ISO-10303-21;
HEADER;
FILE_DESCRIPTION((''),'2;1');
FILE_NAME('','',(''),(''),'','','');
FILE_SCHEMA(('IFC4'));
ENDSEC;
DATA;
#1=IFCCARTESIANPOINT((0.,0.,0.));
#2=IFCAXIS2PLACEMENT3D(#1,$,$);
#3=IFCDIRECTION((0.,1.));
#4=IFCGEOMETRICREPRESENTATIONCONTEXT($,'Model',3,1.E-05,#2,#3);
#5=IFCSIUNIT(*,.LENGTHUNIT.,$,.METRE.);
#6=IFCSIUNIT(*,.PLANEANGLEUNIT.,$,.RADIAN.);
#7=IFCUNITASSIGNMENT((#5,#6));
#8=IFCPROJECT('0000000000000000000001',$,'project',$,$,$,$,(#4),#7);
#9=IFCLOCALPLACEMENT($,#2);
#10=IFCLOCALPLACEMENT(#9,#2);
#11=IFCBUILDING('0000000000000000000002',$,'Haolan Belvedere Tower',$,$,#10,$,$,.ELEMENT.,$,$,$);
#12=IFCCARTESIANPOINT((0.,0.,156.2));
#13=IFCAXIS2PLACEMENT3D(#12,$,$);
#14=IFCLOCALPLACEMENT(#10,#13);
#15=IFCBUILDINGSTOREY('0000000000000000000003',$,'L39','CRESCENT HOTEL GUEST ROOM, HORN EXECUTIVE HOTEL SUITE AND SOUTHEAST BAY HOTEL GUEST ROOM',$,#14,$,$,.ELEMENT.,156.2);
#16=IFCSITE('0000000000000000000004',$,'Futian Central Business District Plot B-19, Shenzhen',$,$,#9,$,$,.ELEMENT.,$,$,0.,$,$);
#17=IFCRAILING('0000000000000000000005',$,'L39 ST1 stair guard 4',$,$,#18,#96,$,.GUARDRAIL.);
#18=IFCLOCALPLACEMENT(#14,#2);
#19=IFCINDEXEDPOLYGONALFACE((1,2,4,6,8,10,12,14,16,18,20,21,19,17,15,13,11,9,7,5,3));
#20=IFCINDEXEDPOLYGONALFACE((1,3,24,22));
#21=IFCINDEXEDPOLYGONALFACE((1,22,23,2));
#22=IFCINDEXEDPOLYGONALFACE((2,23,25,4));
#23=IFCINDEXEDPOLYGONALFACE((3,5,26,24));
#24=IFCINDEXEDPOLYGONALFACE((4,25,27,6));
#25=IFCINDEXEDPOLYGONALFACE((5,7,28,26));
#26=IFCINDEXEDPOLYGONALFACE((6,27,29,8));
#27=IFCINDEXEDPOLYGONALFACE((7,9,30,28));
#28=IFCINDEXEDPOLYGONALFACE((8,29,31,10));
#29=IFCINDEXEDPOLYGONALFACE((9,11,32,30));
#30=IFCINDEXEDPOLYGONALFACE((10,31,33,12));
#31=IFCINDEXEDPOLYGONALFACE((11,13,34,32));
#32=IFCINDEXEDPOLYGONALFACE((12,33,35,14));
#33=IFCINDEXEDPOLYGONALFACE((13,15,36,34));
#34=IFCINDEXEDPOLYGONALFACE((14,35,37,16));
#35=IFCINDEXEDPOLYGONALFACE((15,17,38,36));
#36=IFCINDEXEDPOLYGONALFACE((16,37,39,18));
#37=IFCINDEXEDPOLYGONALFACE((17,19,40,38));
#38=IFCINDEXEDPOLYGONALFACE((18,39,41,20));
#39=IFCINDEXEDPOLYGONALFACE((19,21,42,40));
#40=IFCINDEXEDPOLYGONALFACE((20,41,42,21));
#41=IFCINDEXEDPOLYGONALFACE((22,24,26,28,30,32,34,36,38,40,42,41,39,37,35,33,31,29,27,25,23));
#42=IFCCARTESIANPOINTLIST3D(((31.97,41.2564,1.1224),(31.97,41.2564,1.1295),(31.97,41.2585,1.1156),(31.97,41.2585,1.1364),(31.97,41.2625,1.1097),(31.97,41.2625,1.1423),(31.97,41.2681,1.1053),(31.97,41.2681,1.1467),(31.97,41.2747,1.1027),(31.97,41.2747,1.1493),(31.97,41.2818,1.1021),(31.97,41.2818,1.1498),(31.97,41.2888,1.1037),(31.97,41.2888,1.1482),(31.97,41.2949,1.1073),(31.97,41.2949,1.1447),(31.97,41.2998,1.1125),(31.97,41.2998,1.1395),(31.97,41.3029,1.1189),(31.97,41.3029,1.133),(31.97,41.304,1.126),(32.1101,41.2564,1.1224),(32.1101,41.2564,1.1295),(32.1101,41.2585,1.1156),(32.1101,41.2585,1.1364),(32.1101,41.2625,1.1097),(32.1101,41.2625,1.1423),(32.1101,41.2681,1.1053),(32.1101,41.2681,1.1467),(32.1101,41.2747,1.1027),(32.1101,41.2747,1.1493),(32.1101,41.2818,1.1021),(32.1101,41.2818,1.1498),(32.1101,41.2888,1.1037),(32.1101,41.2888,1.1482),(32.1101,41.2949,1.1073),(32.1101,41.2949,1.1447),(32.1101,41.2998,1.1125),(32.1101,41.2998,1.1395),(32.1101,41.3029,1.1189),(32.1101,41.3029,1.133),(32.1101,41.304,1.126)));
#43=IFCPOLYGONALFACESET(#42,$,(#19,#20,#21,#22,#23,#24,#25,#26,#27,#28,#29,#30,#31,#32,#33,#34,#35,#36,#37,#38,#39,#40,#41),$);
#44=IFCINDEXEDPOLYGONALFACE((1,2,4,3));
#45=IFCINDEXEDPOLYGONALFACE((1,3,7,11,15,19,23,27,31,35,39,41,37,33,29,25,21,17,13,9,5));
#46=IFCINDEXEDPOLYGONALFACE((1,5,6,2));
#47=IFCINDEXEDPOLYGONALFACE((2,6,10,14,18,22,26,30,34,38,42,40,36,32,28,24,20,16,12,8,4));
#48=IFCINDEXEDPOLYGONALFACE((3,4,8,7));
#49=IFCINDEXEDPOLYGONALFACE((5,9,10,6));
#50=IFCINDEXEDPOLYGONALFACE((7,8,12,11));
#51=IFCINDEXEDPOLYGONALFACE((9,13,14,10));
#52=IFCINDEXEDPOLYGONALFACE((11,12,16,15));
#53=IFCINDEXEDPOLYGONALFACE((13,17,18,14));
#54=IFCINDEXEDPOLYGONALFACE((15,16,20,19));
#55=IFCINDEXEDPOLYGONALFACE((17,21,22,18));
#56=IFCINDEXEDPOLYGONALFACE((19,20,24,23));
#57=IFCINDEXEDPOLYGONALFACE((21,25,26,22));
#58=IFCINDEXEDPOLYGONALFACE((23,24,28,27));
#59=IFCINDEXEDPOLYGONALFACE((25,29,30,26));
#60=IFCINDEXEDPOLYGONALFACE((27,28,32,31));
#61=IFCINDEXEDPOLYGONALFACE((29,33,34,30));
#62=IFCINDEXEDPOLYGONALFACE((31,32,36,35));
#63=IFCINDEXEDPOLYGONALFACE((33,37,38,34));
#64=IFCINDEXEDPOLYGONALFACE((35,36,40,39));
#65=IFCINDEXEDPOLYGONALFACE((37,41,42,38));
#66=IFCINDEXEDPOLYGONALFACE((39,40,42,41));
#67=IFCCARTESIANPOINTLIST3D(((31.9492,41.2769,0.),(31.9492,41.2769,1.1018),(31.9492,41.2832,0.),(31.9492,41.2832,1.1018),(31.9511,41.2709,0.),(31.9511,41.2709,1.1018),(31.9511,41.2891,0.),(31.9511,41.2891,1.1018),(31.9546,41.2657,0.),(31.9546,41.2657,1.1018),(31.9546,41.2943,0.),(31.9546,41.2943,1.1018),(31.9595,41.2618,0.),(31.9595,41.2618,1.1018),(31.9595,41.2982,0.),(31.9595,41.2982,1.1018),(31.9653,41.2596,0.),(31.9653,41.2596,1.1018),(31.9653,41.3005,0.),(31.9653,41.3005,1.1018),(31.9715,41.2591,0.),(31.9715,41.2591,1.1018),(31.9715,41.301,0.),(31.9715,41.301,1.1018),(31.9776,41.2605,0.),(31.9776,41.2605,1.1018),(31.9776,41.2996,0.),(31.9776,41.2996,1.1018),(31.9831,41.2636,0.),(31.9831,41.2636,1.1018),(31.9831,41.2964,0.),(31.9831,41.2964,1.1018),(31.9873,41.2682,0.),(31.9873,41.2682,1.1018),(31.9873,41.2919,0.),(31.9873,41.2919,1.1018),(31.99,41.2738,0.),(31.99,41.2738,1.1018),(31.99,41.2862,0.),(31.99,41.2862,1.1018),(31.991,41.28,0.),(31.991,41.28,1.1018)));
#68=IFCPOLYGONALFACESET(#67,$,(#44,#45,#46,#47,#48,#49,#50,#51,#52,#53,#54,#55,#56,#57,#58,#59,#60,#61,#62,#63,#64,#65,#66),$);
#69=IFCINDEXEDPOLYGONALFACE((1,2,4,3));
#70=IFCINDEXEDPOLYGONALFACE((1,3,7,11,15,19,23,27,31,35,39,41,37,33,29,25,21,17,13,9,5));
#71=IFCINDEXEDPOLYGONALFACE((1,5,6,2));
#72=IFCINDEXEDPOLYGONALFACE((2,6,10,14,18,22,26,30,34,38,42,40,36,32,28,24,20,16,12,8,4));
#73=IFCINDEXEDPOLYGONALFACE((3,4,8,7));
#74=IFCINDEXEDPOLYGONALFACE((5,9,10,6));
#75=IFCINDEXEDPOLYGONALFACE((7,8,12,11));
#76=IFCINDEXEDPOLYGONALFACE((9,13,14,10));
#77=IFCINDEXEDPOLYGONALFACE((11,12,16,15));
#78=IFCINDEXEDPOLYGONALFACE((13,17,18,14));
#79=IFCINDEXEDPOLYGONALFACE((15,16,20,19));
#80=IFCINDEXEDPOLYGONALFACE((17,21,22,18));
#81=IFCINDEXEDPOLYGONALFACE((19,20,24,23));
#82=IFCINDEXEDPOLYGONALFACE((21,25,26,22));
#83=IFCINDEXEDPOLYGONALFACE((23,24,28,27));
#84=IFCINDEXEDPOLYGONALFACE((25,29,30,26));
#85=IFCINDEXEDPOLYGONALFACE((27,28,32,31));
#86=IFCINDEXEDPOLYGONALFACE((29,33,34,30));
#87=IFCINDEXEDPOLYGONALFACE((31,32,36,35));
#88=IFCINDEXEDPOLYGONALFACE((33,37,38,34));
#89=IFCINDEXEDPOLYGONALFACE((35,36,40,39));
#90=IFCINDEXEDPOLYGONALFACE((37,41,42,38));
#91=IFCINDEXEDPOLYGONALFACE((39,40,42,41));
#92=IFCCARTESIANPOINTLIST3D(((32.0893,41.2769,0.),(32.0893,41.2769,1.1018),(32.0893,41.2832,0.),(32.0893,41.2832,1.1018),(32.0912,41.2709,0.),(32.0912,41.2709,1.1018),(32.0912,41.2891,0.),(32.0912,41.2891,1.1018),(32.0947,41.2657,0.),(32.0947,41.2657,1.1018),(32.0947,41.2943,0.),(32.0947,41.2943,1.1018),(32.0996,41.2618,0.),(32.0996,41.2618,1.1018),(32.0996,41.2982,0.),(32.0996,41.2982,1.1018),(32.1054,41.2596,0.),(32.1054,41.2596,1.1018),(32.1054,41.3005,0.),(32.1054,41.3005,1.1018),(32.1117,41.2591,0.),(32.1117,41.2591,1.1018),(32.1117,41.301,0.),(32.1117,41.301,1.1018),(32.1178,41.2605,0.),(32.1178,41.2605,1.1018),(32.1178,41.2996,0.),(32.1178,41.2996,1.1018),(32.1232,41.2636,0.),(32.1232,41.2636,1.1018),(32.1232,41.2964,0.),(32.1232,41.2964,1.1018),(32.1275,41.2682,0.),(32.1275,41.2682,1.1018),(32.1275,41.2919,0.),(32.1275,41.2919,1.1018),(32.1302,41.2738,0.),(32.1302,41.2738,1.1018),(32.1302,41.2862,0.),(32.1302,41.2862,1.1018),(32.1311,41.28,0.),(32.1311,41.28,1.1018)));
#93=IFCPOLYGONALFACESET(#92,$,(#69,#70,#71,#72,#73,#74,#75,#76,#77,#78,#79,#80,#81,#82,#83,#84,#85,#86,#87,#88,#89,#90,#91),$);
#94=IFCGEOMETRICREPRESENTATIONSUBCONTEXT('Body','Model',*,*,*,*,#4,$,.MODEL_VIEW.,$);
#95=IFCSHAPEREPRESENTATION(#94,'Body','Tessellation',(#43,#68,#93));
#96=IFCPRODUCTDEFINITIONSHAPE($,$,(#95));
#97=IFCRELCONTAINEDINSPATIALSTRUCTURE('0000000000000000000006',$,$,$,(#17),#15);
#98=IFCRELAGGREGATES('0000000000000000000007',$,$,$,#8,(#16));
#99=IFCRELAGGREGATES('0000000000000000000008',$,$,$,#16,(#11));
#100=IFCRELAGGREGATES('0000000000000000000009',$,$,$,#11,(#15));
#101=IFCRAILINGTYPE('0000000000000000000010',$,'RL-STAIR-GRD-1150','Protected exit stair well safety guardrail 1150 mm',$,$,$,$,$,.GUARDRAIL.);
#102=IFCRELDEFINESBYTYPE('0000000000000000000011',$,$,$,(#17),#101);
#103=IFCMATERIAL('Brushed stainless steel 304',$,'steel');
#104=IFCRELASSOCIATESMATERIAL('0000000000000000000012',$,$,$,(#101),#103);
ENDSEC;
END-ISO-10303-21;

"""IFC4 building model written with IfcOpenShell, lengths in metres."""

from ifc_helpers import new_model, si_unit, direction, frame, origin, origin_2d, place, context, subcontext, project, spatial, circle, extrude, material, type_object, element, save


model = new_model("IFC4")

# Units and contexts
model_context = context("Model", 3, precision=1e-05, world=origin(), true_north=direction((0.0, 1.0)))
body_context = subcontext(model_context, "Body", "Model", "MODEL_VIEW")
ifc_project = project(units=[si_unit("LENGTHUNIT", "METRE"), si_unit("PLANEANGLEUNIT", "RADIAN")], contexts=[model_context])

# Site, building, storey
site_placement = place(None, origin())
site = spatial("IfcSite", under=ifc_project, at=site_placement, Name="Futian Central Business District Plot B-19, Shenzhen", CompositionType="ELEMENT", RefElevation=0.0)
building_placement = place(site_placement, origin())
building = spatial("IfcBuilding", under=site, at=building_placement, Name="Haolan Belvedere Tower", CompositionType="ELEMENT")
storey_placement = place(building_placement, frame((0.0, 0.0, 156.2)))
storey = spatial("IfcBuildingStorey", under=building, at=storey_placement, Name="L39", Description="CRESCENT HOTEL GUEST ROOM, HORN EXECUTIVE HOTEL SUITE AND SOUTHEAST BAY HOTEL GUEST ROOM", CompositionType="ELEMENT", Elevation=156.2)

# Railing
ifc_material_1 = material(Name="Brushed stainless steel 304", Category="steel")
railing_type_1 = type_object("IfcRailingType", Name="RL-STAIR-GRD-1150", Description="Protected exit stair well safety guardrail 1150 mm", PredefinedType="GUARDRAIL", material=ifc_material_1)
railing_1_placement = place(storey_placement, frame((31.97, 41.28, 0.0)))
element("IfcRailing", 1, at=railing_1_placement, inside=storey, type_object=railing_type_1, Name="L39 ST1 stair guard 4", PredefinedType="GUARDRAIL", context=body_context, shape_type="SweptSolid", body=[
    extrude(circle(Radius=0.0239, at=origin_2d()), frame((0.0, 0.0, 1.126), z_axis=(1.0, 0.0, 0.0), x_axis=(0.0, 1.0, 0.0)), (0.0, 0.0, 1.0), 0.1401),
    extrude(circle(Radius=0.021, at=origin_2d()), origin(), (0.0, 0.0, 1.0), 1.1018),
    extrude(circle(Radius=0.021, at=origin_2d()), frame((0.1401, 0.0, 0.0)), (0.0, 0.0, 1.0), 1.1018),
])

save(model, "model.ifc")
